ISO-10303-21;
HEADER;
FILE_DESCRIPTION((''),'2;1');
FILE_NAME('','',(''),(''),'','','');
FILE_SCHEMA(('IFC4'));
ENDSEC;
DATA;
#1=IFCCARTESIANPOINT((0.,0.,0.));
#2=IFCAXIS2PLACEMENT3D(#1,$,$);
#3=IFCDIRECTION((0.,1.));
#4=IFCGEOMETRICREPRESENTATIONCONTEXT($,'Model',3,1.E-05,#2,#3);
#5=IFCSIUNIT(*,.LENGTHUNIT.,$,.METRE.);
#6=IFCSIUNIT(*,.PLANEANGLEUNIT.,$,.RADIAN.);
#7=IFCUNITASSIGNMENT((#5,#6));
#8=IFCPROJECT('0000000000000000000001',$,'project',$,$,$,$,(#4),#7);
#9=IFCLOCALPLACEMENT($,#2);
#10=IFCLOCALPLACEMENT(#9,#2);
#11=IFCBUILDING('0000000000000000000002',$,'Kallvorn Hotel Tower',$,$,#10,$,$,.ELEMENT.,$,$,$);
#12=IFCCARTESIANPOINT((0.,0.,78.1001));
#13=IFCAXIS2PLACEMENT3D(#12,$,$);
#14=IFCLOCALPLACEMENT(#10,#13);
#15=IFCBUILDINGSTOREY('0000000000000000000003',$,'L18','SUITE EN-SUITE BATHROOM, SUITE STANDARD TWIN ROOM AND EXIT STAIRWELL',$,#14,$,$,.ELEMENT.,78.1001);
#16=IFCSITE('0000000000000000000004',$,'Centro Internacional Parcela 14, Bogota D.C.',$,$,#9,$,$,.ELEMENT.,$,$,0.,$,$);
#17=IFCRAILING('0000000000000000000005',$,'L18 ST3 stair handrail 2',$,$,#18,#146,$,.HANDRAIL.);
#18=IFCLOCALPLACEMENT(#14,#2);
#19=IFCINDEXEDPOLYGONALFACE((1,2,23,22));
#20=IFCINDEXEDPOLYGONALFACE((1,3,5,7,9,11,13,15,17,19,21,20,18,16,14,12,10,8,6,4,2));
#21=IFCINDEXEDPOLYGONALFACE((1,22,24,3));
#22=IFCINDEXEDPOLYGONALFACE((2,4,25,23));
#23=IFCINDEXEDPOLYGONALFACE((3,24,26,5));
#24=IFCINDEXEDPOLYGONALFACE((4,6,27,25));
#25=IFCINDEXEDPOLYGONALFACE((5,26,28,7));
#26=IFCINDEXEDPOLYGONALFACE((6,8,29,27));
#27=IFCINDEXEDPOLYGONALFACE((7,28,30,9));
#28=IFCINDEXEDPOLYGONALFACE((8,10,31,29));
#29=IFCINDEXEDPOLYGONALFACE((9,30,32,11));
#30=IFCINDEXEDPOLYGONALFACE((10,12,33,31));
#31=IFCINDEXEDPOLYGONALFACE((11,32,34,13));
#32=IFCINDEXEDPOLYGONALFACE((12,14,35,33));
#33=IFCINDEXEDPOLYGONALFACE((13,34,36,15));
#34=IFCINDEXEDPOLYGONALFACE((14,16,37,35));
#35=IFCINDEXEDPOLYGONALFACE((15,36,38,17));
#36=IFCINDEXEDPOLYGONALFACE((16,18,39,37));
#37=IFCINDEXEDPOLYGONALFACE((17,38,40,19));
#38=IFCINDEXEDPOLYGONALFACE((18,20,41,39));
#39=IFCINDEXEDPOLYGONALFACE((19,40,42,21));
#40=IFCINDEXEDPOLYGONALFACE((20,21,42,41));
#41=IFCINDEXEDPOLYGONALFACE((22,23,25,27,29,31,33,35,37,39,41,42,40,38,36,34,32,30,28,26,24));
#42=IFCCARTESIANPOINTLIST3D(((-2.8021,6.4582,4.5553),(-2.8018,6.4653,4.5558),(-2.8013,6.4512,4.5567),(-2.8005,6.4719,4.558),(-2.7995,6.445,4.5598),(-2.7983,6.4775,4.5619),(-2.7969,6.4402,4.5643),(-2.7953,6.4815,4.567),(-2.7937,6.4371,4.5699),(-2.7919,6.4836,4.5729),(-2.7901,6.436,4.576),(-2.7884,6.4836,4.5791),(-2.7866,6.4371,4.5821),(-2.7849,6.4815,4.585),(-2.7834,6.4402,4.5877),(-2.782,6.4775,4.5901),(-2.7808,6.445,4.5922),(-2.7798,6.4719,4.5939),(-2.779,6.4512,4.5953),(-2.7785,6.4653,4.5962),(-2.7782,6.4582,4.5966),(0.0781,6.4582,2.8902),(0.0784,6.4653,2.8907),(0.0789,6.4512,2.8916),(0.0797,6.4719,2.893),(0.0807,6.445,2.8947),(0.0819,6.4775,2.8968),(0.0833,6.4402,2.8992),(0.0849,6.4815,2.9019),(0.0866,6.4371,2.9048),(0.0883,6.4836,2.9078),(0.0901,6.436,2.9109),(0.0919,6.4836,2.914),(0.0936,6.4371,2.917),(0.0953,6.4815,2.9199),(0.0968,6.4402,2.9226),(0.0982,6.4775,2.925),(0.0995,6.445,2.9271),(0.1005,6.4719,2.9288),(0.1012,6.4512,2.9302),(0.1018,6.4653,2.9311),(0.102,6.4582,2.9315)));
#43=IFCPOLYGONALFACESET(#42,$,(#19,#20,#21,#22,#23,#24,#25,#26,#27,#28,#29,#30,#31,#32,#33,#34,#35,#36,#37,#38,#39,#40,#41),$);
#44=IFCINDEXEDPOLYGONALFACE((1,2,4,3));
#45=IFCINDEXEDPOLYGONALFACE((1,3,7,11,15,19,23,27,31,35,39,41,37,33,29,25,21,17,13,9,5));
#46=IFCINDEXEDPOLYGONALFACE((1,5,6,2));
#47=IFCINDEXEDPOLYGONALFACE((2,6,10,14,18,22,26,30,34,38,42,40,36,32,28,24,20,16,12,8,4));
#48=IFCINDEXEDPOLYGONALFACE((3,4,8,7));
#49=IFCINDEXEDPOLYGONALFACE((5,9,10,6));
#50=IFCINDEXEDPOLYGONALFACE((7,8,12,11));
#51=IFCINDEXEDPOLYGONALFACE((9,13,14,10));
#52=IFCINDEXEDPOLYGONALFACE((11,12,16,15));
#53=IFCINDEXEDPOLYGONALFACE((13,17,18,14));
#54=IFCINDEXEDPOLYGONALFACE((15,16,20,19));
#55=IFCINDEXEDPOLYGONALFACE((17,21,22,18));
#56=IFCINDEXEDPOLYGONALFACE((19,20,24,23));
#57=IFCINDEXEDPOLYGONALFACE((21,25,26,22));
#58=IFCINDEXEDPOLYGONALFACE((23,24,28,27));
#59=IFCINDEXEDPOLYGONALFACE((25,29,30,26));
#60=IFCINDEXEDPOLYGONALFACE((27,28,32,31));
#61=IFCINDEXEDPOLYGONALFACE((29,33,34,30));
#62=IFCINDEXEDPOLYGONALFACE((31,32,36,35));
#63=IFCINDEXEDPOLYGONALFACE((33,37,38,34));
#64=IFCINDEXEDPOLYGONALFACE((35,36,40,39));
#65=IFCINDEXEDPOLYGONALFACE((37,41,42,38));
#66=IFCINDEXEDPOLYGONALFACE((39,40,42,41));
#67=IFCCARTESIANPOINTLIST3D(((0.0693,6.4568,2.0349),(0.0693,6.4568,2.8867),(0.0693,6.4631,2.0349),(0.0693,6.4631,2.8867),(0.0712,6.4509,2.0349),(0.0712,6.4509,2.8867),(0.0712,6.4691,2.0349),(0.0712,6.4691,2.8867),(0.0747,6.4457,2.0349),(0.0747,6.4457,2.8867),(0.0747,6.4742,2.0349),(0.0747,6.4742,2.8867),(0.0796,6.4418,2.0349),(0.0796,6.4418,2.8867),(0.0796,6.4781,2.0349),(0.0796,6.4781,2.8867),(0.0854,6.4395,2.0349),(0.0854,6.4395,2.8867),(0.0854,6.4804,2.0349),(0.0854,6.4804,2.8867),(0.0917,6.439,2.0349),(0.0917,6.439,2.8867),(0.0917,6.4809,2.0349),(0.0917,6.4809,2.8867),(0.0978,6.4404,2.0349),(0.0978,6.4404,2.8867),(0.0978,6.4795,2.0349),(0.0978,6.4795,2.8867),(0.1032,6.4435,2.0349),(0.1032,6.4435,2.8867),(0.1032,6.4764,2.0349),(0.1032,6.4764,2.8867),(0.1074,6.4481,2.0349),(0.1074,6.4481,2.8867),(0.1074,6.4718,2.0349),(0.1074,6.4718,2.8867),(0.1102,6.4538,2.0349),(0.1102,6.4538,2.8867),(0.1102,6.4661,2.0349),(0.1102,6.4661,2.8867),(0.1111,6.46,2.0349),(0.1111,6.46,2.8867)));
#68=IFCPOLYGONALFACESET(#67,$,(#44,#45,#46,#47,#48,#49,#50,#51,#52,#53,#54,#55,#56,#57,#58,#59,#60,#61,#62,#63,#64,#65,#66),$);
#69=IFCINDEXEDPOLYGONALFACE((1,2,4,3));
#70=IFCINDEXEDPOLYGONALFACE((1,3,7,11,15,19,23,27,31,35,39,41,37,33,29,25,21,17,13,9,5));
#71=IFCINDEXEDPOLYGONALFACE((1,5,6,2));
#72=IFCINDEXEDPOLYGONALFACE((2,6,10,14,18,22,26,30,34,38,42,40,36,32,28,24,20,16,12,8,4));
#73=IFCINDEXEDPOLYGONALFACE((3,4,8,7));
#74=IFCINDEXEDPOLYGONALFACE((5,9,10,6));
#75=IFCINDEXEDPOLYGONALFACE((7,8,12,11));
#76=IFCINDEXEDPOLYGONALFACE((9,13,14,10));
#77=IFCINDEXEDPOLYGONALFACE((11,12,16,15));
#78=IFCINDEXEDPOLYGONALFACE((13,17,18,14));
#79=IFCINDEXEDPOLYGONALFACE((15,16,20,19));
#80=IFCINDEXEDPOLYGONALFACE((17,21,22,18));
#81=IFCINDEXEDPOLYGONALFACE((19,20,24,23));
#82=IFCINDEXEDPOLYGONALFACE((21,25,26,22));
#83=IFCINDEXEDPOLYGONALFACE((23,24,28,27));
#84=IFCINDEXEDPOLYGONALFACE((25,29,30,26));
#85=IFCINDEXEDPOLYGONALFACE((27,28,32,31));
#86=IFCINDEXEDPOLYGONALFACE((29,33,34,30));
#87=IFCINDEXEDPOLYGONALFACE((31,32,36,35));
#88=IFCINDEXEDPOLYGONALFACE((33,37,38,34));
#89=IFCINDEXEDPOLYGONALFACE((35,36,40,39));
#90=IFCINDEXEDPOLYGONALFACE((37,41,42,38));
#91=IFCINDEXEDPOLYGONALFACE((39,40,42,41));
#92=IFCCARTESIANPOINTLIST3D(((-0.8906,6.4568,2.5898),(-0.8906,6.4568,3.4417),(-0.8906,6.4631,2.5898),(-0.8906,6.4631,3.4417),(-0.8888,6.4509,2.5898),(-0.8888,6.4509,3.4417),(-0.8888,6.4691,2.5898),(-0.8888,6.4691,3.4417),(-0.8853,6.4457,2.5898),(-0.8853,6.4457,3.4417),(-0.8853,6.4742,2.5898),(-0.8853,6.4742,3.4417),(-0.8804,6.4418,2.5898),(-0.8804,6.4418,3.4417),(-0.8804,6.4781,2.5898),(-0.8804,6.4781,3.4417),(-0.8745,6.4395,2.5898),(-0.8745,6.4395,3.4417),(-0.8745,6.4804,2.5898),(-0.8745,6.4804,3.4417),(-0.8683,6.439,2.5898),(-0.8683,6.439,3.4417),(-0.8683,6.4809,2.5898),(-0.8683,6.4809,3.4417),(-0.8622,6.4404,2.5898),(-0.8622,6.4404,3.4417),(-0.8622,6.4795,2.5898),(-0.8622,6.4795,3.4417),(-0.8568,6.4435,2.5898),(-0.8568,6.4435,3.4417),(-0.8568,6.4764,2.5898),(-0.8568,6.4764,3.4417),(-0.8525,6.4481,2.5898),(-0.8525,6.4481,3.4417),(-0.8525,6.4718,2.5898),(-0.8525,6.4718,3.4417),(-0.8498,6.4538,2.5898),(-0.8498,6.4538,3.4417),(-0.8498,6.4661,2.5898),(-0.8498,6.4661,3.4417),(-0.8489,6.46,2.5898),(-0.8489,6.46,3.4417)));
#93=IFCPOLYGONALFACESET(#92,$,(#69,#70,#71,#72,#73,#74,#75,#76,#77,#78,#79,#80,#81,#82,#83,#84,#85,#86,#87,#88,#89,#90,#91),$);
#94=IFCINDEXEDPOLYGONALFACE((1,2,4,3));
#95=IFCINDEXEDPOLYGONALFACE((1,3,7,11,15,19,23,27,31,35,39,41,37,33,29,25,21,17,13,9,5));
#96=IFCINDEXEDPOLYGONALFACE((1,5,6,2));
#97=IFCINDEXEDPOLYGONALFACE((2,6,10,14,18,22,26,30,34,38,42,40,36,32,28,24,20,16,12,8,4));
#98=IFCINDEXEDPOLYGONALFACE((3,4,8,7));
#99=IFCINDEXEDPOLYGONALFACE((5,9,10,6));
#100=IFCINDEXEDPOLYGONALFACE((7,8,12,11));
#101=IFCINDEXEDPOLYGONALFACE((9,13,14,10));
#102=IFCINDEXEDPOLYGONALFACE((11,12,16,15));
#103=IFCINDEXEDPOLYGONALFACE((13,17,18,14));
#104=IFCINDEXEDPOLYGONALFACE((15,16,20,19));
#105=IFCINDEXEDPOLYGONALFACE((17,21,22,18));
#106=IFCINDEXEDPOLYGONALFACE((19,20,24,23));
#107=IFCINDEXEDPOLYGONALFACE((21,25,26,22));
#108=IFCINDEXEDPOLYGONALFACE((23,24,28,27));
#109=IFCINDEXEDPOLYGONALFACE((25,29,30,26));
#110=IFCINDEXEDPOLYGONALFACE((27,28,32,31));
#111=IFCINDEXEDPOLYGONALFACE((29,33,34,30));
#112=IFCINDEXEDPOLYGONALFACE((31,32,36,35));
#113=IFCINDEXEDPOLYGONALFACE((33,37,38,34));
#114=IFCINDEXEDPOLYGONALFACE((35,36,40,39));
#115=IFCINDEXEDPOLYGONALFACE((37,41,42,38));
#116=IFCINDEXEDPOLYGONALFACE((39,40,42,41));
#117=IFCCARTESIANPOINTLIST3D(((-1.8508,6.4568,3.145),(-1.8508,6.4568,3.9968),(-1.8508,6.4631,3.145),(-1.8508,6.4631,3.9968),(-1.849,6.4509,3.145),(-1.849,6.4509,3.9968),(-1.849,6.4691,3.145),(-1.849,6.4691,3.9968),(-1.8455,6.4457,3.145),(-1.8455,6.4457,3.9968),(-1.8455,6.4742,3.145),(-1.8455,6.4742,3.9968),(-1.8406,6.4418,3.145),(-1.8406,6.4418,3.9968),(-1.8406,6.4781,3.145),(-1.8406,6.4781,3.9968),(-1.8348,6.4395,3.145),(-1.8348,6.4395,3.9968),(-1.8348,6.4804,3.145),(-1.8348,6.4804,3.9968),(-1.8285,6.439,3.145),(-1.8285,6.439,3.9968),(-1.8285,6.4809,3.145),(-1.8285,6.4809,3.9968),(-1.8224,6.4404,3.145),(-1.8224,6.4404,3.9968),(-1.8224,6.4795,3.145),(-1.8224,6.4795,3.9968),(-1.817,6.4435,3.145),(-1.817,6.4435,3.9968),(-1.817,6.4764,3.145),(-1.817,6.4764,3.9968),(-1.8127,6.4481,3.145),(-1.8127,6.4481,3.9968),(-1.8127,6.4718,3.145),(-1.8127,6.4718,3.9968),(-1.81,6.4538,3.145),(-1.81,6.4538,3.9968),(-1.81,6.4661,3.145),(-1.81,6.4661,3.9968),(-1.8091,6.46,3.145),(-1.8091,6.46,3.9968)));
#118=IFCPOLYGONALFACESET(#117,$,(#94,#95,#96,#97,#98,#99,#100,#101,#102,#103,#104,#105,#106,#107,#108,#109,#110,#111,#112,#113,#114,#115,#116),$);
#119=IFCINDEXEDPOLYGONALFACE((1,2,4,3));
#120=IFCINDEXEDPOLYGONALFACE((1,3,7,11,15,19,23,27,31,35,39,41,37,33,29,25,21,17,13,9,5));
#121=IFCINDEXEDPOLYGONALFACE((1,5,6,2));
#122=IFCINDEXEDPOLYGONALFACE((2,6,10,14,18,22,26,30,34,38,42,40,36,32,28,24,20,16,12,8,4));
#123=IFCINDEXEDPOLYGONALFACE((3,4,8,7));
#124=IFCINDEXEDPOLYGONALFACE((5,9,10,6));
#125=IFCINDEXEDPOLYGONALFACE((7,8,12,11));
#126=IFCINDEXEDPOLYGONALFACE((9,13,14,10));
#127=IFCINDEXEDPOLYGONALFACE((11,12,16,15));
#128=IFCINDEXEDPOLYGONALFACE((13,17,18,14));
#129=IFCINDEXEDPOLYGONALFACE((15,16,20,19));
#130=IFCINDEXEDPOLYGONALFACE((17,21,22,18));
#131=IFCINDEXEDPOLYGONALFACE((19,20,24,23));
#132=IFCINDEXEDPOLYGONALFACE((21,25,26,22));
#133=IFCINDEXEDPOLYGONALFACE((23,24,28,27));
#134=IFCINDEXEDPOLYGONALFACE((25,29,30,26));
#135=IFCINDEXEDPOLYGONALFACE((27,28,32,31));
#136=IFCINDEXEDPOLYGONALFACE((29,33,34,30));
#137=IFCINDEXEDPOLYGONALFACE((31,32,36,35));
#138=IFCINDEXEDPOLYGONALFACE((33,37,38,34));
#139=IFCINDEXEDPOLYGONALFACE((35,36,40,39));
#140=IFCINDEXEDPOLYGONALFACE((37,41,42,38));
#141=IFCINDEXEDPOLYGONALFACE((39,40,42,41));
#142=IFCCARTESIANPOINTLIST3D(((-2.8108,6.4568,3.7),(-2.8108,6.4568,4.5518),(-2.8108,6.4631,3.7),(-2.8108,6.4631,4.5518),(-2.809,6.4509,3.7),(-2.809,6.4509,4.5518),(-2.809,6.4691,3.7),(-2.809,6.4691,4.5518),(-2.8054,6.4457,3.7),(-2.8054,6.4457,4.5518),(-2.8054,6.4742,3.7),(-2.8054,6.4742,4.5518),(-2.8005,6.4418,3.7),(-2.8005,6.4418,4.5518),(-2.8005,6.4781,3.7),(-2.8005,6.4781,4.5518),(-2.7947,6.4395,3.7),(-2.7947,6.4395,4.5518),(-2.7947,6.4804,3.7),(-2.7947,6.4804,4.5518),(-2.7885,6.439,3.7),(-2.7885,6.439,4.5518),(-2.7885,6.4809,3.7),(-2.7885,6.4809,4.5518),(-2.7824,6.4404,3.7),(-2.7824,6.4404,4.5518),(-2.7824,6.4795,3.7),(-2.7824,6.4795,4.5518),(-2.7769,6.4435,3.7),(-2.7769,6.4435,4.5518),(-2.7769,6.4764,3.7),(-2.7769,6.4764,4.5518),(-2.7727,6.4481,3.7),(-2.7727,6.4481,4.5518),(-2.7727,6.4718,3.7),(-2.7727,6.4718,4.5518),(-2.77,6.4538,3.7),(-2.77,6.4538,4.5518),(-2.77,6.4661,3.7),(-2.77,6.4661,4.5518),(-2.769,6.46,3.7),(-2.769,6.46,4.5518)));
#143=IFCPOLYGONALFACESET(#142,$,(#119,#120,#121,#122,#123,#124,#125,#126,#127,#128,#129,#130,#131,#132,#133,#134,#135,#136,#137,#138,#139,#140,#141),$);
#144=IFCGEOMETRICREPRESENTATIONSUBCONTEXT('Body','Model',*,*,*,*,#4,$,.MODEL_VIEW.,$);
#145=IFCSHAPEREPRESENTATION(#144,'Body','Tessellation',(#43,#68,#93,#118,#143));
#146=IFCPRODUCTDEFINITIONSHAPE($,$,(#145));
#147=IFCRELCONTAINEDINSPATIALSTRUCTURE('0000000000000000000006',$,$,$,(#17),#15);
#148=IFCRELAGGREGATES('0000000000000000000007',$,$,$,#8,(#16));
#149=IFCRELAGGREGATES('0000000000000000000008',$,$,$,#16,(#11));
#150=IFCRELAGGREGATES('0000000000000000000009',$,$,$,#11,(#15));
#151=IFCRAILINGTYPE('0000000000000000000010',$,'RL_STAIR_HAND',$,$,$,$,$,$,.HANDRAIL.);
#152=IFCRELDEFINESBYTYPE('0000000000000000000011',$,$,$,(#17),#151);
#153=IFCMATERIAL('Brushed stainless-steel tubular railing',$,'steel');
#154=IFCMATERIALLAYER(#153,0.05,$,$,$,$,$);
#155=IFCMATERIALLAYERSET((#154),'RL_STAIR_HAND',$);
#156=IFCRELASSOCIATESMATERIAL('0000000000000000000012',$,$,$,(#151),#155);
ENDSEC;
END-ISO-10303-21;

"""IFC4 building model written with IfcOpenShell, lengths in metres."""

from ifc_helpers import new_model, si_unit, direction, frame, origin, origin_2d, place, context, subcontext, project, spatial, circle, extrude, material, layer, layer_set, type_object, element, save


model = new_model("IFC4")

# Units and contexts
model_context = context("Model", 3, precision=1e-05, world=origin(), true_north=direction((0.0, 1.0)))
body_context = subcontext(model_context, "Body", "Model", "MODEL_VIEW")
ifc_project = project(units=[si_unit("LENGTHUNIT", "METRE"), si_unit("PLANEANGLEUNIT", "RADIAN")], contexts=[model_context])

# Site, building, storey
site_placement = place(None, origin())
site = spatial("IfcSite", under=ifc_project, at=site_placement, Name="Centro Internacional Parcela 14, Bogota D.C.", CompositionType="ELEMENT", RefElevation=0.0)
building_placement = place(site_placement, origin())
building = spatial("IfcBuilding", under=site, at=building_placement, Name="Kallvorn Hotel Tower", CompositionType="ELEMENT")
storey_placement = place(building_placement, frame((0.0, 0.0, 78.1001)))
storey = spatial("IfcBuildingStorey", under=building, at=storey_placement, Name="L18", Description="SUITE EN-SUITE BATHROOM, SUITE STANDARD TWIN ROOM AND EXIT STAIRWELL", CompositionType="ELEMENT", Elevation=78.1001)

# Railing
ifc_material_1 = material(Name="Brushed stainless-steel tubular railing", Category="steel")
ifc_layer_1 = layer(ifc_material_1, 0.05)
ifc_layer_set_1 = layer_set([ifc_layer_1], Name="RL_STAIR_HAND")
railing_type_1 = type_object("IfcRailingType", Name="RL_STAIR_HAND", PredefinedType="HANDRAIL", material=ifc_layer_set_1)
railing_1_placement = place(storey_placement, frame((0.0901, 6.46, 2.0349)))
element("IfcRailing", 1, at=railing_1_placement, inside=storey, type_object=railing_type_1, Name="L18 ST3 stair handrail 2", PredefinedType="HANDRAIL", context=body_context, shape_type="SweptSolid", body=[
    extrude(circle(Radius=0.0239, at=origin_2d()), frame((0.0, 0.0, 0.876), z_axis=(-0.865739, 0.0, 0.500495), x_axis=(0.0, -1.0, 0.0)), (0.0, 0.0, 1.0), 3.3269),
    extrude(circle(Radius=0.021, at=origin_2d()), origin(), (0.0, 0.0, 1.0), 0.8518),
    extrude(circle(Radius=0.021, at=origin_2d()), frame((-0.96, 0.0, 0.5549)), (0.0, 0.0, 1.0), 0.8518),
    extrude(circle(Radius=0.021, at=origin_2d()), frame((-1.9202, 0.0, 1.1101)), (0.0, 0.0, 1.0), 0.8518),
    extrude(circle(Radius=0.021, at=origin_2d()), frame((-2.8801, 0.0, 1.665)), (0.0, 0.0, 1.0), 0.8518),
])

save(model, "model.ifc")
